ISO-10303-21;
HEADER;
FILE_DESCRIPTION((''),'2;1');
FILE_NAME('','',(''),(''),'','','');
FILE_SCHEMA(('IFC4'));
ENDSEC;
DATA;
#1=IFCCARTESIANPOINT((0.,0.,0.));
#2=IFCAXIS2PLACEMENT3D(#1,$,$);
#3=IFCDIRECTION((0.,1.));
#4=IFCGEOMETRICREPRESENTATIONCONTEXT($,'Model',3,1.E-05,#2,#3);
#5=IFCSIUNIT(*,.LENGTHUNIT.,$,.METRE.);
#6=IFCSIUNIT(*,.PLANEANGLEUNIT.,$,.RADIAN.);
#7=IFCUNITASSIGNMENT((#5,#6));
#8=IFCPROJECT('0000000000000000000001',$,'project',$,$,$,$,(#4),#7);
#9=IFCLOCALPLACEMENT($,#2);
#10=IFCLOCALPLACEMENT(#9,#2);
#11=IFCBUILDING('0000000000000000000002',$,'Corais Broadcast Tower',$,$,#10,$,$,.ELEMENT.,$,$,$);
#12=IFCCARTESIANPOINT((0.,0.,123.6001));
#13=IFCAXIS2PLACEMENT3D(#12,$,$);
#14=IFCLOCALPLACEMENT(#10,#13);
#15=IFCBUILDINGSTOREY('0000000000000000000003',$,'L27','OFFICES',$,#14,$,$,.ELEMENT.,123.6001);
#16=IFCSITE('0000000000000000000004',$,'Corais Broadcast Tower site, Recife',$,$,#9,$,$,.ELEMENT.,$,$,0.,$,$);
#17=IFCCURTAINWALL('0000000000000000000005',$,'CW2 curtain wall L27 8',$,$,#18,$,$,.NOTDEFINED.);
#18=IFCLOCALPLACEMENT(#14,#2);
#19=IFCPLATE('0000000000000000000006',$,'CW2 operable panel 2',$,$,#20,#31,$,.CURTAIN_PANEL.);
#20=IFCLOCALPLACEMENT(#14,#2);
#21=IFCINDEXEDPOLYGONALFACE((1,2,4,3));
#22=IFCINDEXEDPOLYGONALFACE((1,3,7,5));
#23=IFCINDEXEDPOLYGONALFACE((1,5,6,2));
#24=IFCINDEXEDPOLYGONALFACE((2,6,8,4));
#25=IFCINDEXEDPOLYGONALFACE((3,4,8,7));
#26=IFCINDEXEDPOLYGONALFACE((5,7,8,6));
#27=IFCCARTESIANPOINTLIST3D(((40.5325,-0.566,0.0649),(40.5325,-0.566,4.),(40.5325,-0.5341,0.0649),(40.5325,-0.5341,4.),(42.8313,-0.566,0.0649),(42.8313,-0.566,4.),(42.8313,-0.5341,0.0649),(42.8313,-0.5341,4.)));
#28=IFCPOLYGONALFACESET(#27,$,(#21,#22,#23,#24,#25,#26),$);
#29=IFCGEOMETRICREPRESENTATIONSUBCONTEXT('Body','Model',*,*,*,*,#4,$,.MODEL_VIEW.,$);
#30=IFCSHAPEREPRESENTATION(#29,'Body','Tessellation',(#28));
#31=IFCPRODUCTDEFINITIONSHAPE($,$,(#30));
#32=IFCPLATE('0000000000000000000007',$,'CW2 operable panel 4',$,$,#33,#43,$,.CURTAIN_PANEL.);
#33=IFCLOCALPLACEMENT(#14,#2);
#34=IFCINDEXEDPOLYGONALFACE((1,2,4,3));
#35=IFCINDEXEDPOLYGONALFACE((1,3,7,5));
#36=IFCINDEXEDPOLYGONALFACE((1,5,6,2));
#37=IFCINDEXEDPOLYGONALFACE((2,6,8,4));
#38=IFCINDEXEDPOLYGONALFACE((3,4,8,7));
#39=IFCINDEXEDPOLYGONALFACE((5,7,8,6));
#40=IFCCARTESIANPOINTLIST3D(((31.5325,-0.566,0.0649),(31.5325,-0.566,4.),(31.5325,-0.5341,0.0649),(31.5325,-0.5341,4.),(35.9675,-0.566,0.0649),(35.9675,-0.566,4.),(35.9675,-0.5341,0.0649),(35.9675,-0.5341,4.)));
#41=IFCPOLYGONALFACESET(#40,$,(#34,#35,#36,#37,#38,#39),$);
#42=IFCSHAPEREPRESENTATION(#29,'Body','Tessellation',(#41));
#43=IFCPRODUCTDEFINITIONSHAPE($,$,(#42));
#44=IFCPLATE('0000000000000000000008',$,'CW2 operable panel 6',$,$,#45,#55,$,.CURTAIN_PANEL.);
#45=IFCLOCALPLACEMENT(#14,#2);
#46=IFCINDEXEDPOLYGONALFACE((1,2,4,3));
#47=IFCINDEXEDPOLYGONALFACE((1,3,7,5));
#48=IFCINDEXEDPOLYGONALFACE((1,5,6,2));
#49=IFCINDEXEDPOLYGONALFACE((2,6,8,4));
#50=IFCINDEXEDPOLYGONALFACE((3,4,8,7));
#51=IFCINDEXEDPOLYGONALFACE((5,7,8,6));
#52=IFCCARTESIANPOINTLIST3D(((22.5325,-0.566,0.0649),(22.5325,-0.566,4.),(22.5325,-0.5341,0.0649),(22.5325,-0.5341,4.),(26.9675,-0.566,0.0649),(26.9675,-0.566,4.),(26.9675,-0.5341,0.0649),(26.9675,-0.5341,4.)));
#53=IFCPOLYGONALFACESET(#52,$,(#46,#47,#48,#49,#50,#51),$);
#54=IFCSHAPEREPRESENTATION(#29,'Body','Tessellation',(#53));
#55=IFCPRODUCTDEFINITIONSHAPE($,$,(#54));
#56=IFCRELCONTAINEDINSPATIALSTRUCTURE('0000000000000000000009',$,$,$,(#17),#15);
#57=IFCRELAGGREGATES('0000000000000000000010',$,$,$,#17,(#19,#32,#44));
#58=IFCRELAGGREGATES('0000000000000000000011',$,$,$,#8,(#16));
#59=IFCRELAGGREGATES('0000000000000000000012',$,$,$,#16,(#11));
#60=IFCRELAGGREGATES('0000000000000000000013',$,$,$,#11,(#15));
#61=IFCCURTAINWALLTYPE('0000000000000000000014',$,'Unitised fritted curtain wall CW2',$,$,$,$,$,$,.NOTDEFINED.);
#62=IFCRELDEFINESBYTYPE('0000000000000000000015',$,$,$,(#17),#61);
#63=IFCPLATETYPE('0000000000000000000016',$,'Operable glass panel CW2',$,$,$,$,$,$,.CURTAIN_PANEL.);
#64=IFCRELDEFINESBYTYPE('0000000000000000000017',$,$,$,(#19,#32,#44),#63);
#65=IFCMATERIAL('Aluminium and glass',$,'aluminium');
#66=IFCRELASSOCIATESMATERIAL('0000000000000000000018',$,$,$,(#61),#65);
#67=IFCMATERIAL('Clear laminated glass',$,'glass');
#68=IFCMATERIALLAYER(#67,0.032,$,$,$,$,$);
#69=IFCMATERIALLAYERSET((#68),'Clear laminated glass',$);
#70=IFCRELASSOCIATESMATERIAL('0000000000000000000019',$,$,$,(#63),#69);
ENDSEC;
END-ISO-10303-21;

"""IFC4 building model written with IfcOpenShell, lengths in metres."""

from ifc_helpers import new_model, si_unit, direction, frame, origin, origin_2d, place, context, subcontext, project, spatial, rectangle, extrude, material, layer, layer_set, type_object, element, aggregate, save


model = new_model("IFC4")

# Units and contexts
model_context = context("Model", 3, precision=1e-05, world=origin(), true_north=direction((0.0, 1.0)))
body_context = subcontext(model_context, "Body", "Model", "MODEL_VIEW")
ifc_project = project(units=[si_unit("LENGTHUNIT", "METRE"), si_unit("PLANEANGLEUNIT", "RADIAN")], contexts=[model_context])

# Site, building, storey
site_placement = place(None, origin())
site = spatial("IfcSite", under=ifc_project, at=site_placement, Name="Corais Broadcast Tower site, Recife", CompositionType="ELEMENT", RefElevation=0.0)
building_placement = place(site_placement, origin())
building = spatial("IfcBuilding", under=site, at=building_placement, Name="Corais Broadcast Tower", CompositionType="ELEMENT")
storey_placement = place(building_placement, frame((0.0, 0.0, 123.6001)))
storey = spatial("IfcBuildingStorey", under=building, at=storey_placement, Name="L27", Description="OFFICES", CompositionType="ELEMENT", Elevation=123.6001)

# Curtain wall
ifc_material_1 = material(Name="Aluminium and glass", Category="aluminium")
curtain_wall_type = type_object("IfcCurtainWallType", Name="Unitised fritted curtain wall CW2", PredefinedType="NOTDEFINED", material=ifc_material_1)
curtain_wall_placement = place(storey_placement, origin())
curtain_wall = element("IfcCurtainWall", 1, at=curtain_wall_placement, inside=storey, type_object=curtain_wall_type, Name="CW2 curtain wall L27 8", PredefinedType="NOTDEFINED")

# Plates
ifc_material_2 = material(Name="Clear laminated glass", Category="glass")
ifc_layer_1 = layer(ifc_material_2, 0.032)
ifc_layer_set_1 = layer_set([ifc_layer_1], Name="Clear laminated glass")
plate_type_1 = type_object("IfcPlateType", Name="Operable glass panel CW2", PredefinedType="CURTAIN_PANEL", material=ifc_layer_set_1)
plate_1_placement = place(storey_placement, frame((41.6819, -0.55, 0.0649), z_axis=(0.0, 0.0, 1.0), x_axis=(-1.0, 0.0, 0.0)))
plate_1 = element("IfcPlate", 2, at=plate_1_placement, type_object=plate_type_1, Name="CW2 operable panel 2", PredefinedType="CURTAIN_PANEL", context=body_context, shape_type="SweptSolid", body=[
    extrude(rectangle(XDim=2.2988, YDim=0.032, at=origin_2d()), origin(), (0.0, 0.0, 1.0), 3.9351),
])
plate_2_placement = place(storey_placement, frame((33.75, -0.55, 0.0649), z_axis=(0.0, 0.0, 1.0), x_axis=(-1.0, 0.0, 0.0)))
plate_2 = element("IfcPlate", 3, at=plate_2_placement, type_object=plate_type_1, Name="CW2 operable panel 4", PredefinedType="CURTAIN_PANEL", context=body_context, shape_type="SweptSolid", body=[
    extrude(rectangle(XDim=4.4351, YDim=0.032, at=origin_2d()), origin(), (0.0, 0.0, 1.0), 3.9351),
])
plate_3_placement = place(storey_placement, frame((24.75, -0.55, 0.0649), z_axis=(0.0, 0.0, 1.0), x_axis=(-1.0, 0.0, 0.0)))
plate_3 = element("IfcPlate", 4, at=plate_3_placement, type_object=plate_type_1, Name="CW2 operable panel 6", PredefinedType="CURTAIN_PANEL", context=body_context, shape_type="SweptSolid", body=[
    extrude(rectangle(XDim=4.4351, YDim=0.032, at=origin_2d()), origin(), (0.0, 0.0, 1.0), 3.9351),
])
aggregate(curtain_wall, [plate_1, plate_2, plate_3])

save(model, "model.ifc")
